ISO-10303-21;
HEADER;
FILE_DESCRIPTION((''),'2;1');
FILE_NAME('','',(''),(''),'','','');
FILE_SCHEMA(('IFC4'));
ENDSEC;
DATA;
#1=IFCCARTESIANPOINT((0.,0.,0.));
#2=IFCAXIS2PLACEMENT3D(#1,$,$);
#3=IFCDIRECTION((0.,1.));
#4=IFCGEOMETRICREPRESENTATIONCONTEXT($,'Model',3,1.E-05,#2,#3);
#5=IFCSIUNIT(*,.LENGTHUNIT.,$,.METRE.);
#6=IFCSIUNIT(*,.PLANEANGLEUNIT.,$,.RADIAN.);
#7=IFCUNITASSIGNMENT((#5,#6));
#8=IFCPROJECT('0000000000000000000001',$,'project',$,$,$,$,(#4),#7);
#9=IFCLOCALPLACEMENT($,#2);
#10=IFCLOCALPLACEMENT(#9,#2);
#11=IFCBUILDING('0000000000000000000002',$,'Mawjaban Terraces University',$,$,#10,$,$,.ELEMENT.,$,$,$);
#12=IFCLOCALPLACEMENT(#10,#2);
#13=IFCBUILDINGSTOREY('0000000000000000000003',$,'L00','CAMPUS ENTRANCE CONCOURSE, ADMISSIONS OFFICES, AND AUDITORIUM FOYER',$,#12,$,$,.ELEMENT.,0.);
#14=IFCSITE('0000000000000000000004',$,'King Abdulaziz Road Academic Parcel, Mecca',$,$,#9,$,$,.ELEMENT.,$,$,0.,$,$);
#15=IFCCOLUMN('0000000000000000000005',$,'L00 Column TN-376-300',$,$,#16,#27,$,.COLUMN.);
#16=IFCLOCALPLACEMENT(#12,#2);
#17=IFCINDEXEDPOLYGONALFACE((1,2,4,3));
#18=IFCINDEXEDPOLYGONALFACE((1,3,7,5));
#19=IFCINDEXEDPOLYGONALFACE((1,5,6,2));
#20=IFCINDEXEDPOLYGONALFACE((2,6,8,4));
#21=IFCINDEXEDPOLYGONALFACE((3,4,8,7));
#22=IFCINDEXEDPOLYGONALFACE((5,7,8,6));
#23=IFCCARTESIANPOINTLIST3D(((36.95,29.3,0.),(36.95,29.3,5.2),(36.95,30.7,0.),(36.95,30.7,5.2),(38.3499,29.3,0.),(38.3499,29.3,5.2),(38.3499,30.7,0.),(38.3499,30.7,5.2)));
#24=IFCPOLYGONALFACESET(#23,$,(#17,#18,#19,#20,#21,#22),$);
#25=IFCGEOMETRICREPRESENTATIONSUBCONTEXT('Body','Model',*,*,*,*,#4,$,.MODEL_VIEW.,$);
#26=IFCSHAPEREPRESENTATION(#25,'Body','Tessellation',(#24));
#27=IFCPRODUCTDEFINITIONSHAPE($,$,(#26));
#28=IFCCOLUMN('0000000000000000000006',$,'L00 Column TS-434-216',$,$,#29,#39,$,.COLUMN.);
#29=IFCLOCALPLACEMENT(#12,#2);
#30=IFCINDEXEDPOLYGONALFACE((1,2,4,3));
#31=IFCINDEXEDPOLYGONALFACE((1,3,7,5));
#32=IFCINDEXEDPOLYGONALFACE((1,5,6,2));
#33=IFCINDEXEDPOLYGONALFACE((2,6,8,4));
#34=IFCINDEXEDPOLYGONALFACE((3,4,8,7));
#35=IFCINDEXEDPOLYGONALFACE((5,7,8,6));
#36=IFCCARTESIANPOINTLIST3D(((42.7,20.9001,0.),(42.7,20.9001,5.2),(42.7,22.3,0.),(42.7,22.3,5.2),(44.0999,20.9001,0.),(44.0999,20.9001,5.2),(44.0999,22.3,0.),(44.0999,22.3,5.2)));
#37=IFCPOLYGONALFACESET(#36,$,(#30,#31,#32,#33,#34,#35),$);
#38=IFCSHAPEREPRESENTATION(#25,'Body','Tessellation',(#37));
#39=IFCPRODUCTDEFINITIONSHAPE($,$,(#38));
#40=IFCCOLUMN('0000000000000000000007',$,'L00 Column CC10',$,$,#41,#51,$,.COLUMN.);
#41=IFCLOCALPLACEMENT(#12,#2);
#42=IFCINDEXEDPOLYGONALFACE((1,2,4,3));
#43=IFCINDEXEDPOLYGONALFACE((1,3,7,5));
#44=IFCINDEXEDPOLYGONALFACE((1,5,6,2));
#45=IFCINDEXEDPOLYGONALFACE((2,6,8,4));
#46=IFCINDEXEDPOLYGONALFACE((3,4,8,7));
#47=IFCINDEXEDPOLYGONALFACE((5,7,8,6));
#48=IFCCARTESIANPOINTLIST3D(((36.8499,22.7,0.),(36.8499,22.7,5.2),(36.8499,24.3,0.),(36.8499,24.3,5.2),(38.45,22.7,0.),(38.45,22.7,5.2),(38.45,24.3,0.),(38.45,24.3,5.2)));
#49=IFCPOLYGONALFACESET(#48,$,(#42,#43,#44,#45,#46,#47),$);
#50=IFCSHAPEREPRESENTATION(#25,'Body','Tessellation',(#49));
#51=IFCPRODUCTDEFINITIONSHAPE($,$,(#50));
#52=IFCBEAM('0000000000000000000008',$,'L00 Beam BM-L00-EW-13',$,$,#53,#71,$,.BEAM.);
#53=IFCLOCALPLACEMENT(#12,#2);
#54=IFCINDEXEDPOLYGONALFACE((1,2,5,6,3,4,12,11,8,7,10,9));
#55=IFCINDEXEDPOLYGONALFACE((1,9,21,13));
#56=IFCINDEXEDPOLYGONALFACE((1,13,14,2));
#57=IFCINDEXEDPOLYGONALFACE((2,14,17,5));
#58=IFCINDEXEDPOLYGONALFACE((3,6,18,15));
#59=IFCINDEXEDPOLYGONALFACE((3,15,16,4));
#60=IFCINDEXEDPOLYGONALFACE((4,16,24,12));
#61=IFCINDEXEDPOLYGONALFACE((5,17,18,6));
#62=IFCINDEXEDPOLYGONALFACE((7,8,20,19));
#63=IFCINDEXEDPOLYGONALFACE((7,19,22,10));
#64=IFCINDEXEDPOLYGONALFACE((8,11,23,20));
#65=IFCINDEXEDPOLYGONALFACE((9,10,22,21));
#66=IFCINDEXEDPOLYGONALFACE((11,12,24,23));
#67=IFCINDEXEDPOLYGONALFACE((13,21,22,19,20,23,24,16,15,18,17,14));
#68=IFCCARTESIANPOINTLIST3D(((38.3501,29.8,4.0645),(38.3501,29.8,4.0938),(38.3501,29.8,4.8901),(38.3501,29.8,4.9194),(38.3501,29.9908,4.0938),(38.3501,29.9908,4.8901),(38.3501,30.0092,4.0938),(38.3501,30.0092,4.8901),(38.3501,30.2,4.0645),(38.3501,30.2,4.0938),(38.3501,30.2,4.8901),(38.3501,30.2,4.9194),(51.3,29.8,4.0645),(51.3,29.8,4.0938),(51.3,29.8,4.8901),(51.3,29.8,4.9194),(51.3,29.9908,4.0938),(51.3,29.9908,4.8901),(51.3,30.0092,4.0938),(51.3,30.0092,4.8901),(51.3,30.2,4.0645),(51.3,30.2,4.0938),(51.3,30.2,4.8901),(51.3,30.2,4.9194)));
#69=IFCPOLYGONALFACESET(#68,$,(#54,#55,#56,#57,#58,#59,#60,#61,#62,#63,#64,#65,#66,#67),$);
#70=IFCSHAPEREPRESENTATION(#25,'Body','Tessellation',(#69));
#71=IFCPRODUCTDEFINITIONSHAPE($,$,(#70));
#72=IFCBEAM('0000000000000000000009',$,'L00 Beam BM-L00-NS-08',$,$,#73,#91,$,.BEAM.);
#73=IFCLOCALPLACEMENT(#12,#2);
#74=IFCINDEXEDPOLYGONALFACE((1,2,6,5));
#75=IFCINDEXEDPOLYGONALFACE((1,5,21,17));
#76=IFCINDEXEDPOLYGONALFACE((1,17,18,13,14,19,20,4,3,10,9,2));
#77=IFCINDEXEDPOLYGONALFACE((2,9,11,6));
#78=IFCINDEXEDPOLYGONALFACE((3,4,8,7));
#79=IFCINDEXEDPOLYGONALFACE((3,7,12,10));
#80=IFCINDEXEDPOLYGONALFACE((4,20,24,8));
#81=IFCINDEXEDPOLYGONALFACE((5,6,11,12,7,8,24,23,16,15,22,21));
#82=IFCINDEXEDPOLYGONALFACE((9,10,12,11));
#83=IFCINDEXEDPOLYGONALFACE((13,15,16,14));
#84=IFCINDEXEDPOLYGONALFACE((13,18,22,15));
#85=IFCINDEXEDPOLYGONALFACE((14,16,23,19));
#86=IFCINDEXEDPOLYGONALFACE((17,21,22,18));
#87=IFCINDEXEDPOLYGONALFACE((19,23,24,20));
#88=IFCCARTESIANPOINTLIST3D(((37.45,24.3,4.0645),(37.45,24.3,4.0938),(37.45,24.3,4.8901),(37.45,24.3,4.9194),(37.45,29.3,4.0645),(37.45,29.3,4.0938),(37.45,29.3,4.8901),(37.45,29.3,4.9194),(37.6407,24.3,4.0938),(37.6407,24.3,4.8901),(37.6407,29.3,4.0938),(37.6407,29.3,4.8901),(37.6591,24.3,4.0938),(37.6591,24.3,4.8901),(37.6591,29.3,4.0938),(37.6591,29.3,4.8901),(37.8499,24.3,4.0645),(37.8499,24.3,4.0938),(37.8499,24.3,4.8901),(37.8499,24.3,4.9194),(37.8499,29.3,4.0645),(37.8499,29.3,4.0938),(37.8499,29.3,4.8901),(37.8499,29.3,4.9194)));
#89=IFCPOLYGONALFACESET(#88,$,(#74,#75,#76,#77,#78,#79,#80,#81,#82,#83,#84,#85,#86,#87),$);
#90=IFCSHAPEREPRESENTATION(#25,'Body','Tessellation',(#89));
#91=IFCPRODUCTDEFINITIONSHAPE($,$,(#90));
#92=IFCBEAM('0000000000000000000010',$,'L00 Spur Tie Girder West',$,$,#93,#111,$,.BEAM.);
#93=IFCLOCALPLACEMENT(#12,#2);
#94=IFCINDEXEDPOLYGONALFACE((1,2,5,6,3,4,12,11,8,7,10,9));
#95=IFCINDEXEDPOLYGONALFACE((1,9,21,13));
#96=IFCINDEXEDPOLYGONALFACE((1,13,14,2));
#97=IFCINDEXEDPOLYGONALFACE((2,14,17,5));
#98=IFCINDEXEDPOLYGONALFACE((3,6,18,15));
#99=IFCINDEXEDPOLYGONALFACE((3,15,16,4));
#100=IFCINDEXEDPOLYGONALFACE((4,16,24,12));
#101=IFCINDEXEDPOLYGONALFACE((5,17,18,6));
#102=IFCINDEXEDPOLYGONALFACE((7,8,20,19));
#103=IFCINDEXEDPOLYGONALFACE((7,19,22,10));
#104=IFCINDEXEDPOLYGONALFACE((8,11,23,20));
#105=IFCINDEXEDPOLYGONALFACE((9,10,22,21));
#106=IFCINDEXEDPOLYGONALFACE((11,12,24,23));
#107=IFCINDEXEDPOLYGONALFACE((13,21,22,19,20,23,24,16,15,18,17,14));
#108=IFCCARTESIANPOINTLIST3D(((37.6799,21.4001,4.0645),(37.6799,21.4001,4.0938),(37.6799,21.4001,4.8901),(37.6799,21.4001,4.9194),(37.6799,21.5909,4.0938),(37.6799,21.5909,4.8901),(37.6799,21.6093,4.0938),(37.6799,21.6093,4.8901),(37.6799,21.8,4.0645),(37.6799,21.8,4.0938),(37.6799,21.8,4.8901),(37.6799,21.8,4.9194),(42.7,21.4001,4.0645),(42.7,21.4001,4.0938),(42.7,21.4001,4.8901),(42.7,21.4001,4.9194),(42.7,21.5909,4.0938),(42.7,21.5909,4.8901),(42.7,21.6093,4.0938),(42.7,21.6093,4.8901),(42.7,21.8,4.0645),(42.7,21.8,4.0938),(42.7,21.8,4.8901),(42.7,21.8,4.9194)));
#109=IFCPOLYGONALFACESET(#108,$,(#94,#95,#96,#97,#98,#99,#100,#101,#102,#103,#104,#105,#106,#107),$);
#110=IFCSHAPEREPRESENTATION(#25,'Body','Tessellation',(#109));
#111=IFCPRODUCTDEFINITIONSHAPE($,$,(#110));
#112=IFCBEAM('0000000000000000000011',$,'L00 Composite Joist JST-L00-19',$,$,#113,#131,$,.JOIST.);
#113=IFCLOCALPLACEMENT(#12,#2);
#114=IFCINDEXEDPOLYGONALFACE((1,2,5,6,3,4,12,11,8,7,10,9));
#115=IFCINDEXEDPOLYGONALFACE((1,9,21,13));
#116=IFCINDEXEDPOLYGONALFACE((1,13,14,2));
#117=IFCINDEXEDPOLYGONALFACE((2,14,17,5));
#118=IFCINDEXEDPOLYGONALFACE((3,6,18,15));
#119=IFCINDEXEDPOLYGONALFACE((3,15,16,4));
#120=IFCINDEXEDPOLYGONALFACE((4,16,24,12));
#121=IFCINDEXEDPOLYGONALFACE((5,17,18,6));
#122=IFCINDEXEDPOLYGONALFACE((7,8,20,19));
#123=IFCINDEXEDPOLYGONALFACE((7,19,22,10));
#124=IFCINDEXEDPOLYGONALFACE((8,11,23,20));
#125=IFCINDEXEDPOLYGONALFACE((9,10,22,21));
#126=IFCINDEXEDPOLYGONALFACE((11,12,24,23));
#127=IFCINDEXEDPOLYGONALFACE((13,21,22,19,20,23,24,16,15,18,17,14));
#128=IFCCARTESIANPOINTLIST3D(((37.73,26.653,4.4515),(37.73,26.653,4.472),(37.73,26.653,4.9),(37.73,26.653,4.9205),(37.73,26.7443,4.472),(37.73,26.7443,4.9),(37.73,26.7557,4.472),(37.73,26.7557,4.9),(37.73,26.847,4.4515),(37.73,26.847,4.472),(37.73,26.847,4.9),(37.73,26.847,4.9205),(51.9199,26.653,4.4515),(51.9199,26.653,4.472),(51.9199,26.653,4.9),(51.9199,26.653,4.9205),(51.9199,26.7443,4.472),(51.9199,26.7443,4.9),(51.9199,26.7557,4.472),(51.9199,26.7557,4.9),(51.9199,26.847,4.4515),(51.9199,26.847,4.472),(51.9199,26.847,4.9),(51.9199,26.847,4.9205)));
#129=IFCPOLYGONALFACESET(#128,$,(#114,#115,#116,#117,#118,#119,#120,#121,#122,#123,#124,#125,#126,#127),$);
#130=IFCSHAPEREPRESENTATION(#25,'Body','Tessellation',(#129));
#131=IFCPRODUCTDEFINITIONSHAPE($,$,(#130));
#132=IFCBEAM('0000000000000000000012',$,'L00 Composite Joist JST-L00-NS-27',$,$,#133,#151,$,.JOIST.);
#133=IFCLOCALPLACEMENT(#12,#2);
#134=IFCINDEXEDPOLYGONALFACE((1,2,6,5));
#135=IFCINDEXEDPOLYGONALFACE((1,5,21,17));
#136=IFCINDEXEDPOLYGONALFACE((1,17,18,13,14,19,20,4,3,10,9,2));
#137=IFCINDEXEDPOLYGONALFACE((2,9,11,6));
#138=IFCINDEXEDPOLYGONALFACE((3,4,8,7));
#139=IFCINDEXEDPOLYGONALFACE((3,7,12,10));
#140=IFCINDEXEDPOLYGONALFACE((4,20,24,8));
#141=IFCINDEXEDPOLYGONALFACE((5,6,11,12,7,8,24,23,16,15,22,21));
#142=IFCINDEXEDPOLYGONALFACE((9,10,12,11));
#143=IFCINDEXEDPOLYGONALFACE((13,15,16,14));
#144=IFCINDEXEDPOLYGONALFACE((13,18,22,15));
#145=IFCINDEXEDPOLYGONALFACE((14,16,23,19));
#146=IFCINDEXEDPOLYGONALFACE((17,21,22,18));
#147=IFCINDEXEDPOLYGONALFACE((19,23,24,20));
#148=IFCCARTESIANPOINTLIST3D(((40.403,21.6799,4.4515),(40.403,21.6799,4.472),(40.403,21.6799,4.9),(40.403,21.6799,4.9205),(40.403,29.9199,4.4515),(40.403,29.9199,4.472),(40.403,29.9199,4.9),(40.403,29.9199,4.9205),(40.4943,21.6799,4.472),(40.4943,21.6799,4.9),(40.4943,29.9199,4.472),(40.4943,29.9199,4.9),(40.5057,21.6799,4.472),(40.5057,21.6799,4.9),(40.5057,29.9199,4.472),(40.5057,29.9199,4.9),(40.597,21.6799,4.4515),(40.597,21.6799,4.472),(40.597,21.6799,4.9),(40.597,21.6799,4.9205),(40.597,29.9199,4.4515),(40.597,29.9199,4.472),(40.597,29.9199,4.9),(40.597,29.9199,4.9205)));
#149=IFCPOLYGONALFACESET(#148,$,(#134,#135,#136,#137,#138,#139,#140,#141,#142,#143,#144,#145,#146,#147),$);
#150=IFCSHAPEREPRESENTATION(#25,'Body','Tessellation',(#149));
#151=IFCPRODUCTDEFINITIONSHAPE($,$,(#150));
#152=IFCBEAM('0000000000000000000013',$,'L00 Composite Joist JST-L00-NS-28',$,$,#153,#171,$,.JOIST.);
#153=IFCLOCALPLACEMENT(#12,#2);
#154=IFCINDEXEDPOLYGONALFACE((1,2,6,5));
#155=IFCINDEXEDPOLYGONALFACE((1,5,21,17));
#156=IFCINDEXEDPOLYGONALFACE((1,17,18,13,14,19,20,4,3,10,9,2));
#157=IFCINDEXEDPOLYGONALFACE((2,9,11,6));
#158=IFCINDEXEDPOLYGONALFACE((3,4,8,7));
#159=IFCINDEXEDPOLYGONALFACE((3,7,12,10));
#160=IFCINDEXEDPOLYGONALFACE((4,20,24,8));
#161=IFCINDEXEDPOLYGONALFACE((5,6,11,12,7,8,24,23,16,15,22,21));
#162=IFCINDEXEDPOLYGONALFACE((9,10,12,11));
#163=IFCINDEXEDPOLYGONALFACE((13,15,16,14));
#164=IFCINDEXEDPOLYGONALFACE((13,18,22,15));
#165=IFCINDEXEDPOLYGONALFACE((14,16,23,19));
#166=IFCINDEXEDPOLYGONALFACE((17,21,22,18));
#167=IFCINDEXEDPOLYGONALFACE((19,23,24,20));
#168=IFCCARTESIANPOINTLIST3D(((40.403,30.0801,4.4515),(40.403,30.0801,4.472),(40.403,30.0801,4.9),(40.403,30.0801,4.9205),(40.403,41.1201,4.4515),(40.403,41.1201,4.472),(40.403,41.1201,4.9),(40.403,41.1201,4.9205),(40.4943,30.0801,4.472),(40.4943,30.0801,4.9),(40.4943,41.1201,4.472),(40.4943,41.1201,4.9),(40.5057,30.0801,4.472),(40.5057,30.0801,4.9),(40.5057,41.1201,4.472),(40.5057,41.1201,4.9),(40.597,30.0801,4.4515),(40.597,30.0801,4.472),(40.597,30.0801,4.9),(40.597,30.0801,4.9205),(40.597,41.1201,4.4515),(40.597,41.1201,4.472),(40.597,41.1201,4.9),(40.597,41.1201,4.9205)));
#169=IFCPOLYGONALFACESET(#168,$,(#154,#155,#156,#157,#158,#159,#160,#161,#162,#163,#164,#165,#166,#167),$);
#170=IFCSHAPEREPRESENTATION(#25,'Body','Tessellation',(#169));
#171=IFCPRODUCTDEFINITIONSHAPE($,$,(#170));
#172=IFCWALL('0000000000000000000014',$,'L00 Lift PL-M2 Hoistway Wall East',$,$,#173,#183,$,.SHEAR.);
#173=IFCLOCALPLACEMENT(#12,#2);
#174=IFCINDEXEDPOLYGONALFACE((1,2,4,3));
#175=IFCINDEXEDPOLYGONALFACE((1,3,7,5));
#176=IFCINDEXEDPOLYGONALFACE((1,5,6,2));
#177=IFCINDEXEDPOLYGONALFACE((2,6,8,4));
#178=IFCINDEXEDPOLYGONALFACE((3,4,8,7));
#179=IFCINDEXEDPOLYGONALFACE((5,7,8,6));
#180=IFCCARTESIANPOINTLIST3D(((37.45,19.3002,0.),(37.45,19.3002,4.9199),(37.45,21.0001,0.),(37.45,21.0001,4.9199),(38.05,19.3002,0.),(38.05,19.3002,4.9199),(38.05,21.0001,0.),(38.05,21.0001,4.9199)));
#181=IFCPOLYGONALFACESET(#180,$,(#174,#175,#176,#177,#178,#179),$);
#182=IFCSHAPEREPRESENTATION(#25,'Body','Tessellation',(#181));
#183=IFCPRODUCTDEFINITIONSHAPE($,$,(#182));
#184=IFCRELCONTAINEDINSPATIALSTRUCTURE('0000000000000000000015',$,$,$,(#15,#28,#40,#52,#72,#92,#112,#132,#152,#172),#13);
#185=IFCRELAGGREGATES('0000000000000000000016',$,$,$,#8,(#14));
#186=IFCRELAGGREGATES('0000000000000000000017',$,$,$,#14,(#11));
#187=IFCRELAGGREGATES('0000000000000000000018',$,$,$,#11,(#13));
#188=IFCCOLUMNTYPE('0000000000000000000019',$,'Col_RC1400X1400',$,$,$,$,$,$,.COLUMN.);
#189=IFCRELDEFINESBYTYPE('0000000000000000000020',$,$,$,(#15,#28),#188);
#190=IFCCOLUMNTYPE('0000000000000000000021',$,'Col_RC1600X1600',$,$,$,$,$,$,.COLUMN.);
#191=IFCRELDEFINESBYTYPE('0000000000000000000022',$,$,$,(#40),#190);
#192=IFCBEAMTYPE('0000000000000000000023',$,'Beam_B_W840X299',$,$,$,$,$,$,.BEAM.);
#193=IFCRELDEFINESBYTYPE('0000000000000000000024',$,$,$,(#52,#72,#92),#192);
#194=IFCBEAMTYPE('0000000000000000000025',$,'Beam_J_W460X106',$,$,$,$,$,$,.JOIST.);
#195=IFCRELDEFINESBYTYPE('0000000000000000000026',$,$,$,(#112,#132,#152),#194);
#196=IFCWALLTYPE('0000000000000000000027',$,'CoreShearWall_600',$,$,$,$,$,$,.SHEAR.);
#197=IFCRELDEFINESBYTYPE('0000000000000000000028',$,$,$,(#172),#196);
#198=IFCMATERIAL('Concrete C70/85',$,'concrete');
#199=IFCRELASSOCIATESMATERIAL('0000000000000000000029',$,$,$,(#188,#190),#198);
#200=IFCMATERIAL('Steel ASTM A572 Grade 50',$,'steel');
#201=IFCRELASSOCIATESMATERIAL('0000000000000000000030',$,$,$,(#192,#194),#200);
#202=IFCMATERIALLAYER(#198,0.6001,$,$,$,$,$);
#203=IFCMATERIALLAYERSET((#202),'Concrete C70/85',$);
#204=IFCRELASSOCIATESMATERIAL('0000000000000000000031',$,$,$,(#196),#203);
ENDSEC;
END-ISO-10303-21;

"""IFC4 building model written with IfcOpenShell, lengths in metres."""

from ifc_helpers import new_model, si_unit, direction, frame, frame_2d, origin, origin_2d, place, context, subcontext, project, spatial, rectangle, i_section, extrude, material, layer, layer_set, material_profile, profile_set, type_object, element, save


model = new_model("IFC4")

# Units and contexts
model_context = context("Model", 3, precision=1e-05, world=origin(), true_north=direction((0.0, 1.0)))
body_context = subcontext(model_context, "Body", "Model", "MODEL_VIEW")
ifc_project = project(units=[si_unit("LENGTHUNIT", "METRE"), si_unit("PLANEANGLEUNIT", "RADIAN")], contexts=[model_context])

# Site, building, storey
site_placement = place(None, origin())
site = spatial("IfcSite", under=ifc_project, at=site_placement, Name="King Abdulaziz Road Academic Parcel, Mecca", CompositionType="ELEMENT", RefElevation=0.0)
building_placement = place(site_placement, origin())
building = spatial("IfcBuilding", under=site, at=building_placement, Name="Mawjaban Terraces University", CompositionType="ELEMENT")
storey_placement = place(building_placement, origin())
storey = spatial("IfcBuildingStorey", under=building, at=storey_placement, Name="L00", Description="CAMPUS ENTRANCE CONCOURSE, ADMISSIONS OFFICES, AND AUDITORIUM FOYER", CompositionType="ELEMENT", Elevation=0.0)

# Columns
ifc_material_1 = material(Name="Concrete C70/85", Category="concrete")
ifc_material_profile_1 = material_profile(ifc_material_1, rectangle(XDim=1.3999, YDim=1.3999, at=origin_2d()), Name="RC1400X1400")
ifc_profile_set_1 = profile_set([ifc_material_profile_1], Name="Concrete C70/85")
column_type_1 = type_object("IfcColumnType", Name="Col_RC1400X1400", PredefinedType="COLUMN", material=ifc_profile_set_1)
for number, where, z_axis, x_axis, name in (
    (1, (37.6499, 30.0, 0.0), (0.0, 0.0, 1.0), (1.0, 0.0, 0.0), "L00 Column TN-376-300"),
    (2, (43.3999, 21.6001, 0.0), (0.0, 0.0, 1.0), (1.0, 0.0, 0.0), "L00 Column TS-434-216"),
):
    element("IfcColumn", number, at=place(storey_placement, frame(where, z_axis=z_axis, x_axis=x_axis)), inside=storey, type_object=column_type_1, Name=name, PredefinedType="COLUMN", context=body_context, shape_type="SweptSolid", body=[
        extrude(rectangle(XDim=1.3999, YDim=1.3999, at=origin_2d()), origin(), (0.0, 0.0, 1.0), 5.2),
    ])
ifc_material_profile_2 = material_profile(ifc_material_1, rectangle(XDim=1.6001, YDim=1.6001, at=origin_2d()), Name="RC1600X1600")
ifc_profile_set_2 = profile_set([ifc_material_profile_2], Name="Concrete C70/85")
column_type_2 = type_object("IfcColumnType", Name="Col_RC1600X1600", PredefinedType="COLUMN", material=ifc_profile_set_2)
column_placement = place(storey_placement, frame((37.6499, 23.5, 0.0), z_axis=(0.0, 0.0, 1.0), x_axis=(1.0, 0.0, 0.0)))
element("IfcColumn", 3, at=column_placement, inside=storey, type_object=column_type_2, Name="L00 Column CC10", PredefinedType="COLUMN", context=body_context, shape_type="SweptSolid", body=[
    extrude(rectangle(XDim=1.6001, YDim=1.6001, at=origin_2d()), origin(), (0.0, 0.0, 1.0), 5.2),
])

# Beams
ifc_material_2 = material(Name="Steel ASTM A572 Grade 50", Category="steel")
ifc_material_profile_3 = material_profile(ifc_material_2, i_section(OverallWidth=0.3999, OverallDepth=0.855, WebThickness=0.0183, FlangeThickness=0.0293, at=origin_2d()), Name="W840X299")
ifc_profile_set_3 = profile_set([ifc_material_profile_3], Name="Steel ASTM A572 Grade 50")
beam_type_1 = type_object("IfcBeamType", Name="Beam_B_W840X299", PredefinedType="BEAM", material=ifc_profile_set_3)
beam_1_placement = place(storey_placement, frame((38.3501, 30.0, 4.4919), z_axis=(1.0, 0.0, 0.0), x_axis=(0.0, 1.0, 0.0)))
element("IfcBeam", 4, at=beam_1_placement, inside=storey, type_object=beam_type_1, Name="L00 Beam BM-L00-EW-13", PredefinedType="BEAM", context=body_context, shape_type="SweptSolid", body=[
    extrude(i_section(OverallWidth=0.3999, OverallDepth=0.855, WebThickness=0.0183, FlangeThickness=0.0293, at=origin_2d()), origin(), (0.0, 0.0, 1.0), 12.95),
])
beam_2_placement = place(storey_placement, frame((37.6499, 24.3, 4.4919), z_axis=(0.0, 1.0, 0.0), x_axis=(-1.0, 0.0, 0.0)))
element("IfcBeam", 5, at=beam_2_placement, inside=storey, type_object=beam_type_1, Name="L00 Beam BM-L00-NS-08", PredefinedType="BEAM", context=body_context, shape_type="SweptSolid", body=[
    extrude(i_section(OverallWidth=0.3999, OverallDepth=0.855, WebThickness=0.0183, FlangeThickness=0.0293, at=origin_2d()), origin(), (0.0, 0.0, 1.0), 5.0),
])
beam_3_placement = place(storey_placement, frame((37.6799, 21.6001, 4.4919), z_axis=(1.0, 0.0, 0.0), x_axis=(0.0, 1.0, 0.0)))
element("IfcBeam", 6, at=beam_3_placement, inside=storey, type_object=beam_type_1, Name="L00 Spur Tie Girder West", PredefinedType="BEAM", context=body_context, shape_type="SweptSolid", body=[
    extrude(i_section(OverallWidth=0.3999, OverallDepth=0.855, WebThickness=0.0183, FlangeThickness=0.0293, at=origin_2d()), origin(), (0.0, 0.0, 1.0), 5.02),
])
ifc_material_profile_4 = material_profile(ifc_material_2, i_section(OverallWidth=0.1941, OverallDepth=0.469, WebThickness=0.0115, FlangeThickness=0.0205, at=origin_2d()), Name="W460X106")
ifc_profile_set_4 = profile_set([ifc_material_profile_4], Name="Steel ASTM A572 Grade 50")
beam_type_2 = type_object("IfcBeamType", Name="Beam_J_W460X106", PredefinedType="JOIST", material=ifc_profile_set_4)
beam_4_placement = place(storey_placement, frame((37.73, 26.75, 4.686), z_axis=(1.0, 0.0, 0.0), x_axis=(0.0, 1.0, 0.0)))
element("IfcBeam", 7, at=beam_4_placement, inside=storey, type_object=beam_type_2, Name="L00 Composite Joist JST-L00-19", PredefinedType="JOIST", context=body_context, shape_type="SweptSolid", body=[
    extrude(i_section(OverallWidth=0.1941, OverallDepth=0.469, WebThickness=0.0115, FlangeThickness=0.0205, at=origin_2d()), origin(), (0.0, 0.0, 1.0), 14.1899),
])
beam_5_placement = place(storey_placement, frame((40.5, 21.6799, 4.686), z_axis=(0.0, 1.0, 0.0), x_axis=(-1.0, 0.0, 0.0)))
element("IfcBeam", 8, at=beam_5_placement, inside=storey, type_object=beam_type_2, Name="L00 Composite Joist JST-L00-NS-27", PredefinedType="JOIST", context=body_context, shape_type="SweptSolid", body=[
    extrude(i_section(OverallWidth=0.1941, OverallDepth=0.469, WebThickness=0.0115, FlangeThickness=0.0205, at=origin_2d()), origin(), (0.0, 0.0, 1.0), 8.24),
])
beam_6_placement = place(storey_placement, frame((40.5, 30.0801, 4.686), z_axis=(0.0, 1.0, 0.0), x_axis=(-1.0, 0.0, 0.0)))
element("IfcBeam", 9, at=beam_6_placement, inside=storey, type_object=beam_type_2, Name="L00 Composite Joist JST-L00-NS-28", PredefinedType="JOIST", context=body_context, shape_type="SweptSolid", body=[
    extrude(i_section(OverallWidth=0.1941, OverallDepth=0.469, WebThickness=0.0115, FlangeThickness=0.0205, at=origin_2d()), origin(), (0.0, 0.0, 1.0), 11.04),
])

# Wall
ifc_layer_1 = layer(ifc_material_1, 0.6001)
ifc_layer_set_1 = layer_set([ifc_layer_1], Name="Concrete C70/85")
wall_type_1 = type_object("IfcWallType", Name="CoreShearWall_600", PredefinedType="SHEAR", material=ifc_layer_set_1)
wall_1_placement = place(storey_placement, frame((37.75, 19.3, 0.0), z_axis=(0.0, 0.0, 1.0), x_axis=(0.0, 1.0, 0.0)))
element("IfcWall", 10, at=wall_1_placement, inside=storey, type_object=wall_type_1, Name="L00 Lift PL-M2 Hoistway Wall East", PredefinedType="SHEAR", context=body_context, shape_type="SweptSolid", body=[
    extrude(rectangle(XDim=1.7, YDim=0.6001, at=frame_2d((0.8501, 0.0))), origin(), (0.0, 0.0, 1.0), 4.9199),
])

save(model, "model.ifc")
